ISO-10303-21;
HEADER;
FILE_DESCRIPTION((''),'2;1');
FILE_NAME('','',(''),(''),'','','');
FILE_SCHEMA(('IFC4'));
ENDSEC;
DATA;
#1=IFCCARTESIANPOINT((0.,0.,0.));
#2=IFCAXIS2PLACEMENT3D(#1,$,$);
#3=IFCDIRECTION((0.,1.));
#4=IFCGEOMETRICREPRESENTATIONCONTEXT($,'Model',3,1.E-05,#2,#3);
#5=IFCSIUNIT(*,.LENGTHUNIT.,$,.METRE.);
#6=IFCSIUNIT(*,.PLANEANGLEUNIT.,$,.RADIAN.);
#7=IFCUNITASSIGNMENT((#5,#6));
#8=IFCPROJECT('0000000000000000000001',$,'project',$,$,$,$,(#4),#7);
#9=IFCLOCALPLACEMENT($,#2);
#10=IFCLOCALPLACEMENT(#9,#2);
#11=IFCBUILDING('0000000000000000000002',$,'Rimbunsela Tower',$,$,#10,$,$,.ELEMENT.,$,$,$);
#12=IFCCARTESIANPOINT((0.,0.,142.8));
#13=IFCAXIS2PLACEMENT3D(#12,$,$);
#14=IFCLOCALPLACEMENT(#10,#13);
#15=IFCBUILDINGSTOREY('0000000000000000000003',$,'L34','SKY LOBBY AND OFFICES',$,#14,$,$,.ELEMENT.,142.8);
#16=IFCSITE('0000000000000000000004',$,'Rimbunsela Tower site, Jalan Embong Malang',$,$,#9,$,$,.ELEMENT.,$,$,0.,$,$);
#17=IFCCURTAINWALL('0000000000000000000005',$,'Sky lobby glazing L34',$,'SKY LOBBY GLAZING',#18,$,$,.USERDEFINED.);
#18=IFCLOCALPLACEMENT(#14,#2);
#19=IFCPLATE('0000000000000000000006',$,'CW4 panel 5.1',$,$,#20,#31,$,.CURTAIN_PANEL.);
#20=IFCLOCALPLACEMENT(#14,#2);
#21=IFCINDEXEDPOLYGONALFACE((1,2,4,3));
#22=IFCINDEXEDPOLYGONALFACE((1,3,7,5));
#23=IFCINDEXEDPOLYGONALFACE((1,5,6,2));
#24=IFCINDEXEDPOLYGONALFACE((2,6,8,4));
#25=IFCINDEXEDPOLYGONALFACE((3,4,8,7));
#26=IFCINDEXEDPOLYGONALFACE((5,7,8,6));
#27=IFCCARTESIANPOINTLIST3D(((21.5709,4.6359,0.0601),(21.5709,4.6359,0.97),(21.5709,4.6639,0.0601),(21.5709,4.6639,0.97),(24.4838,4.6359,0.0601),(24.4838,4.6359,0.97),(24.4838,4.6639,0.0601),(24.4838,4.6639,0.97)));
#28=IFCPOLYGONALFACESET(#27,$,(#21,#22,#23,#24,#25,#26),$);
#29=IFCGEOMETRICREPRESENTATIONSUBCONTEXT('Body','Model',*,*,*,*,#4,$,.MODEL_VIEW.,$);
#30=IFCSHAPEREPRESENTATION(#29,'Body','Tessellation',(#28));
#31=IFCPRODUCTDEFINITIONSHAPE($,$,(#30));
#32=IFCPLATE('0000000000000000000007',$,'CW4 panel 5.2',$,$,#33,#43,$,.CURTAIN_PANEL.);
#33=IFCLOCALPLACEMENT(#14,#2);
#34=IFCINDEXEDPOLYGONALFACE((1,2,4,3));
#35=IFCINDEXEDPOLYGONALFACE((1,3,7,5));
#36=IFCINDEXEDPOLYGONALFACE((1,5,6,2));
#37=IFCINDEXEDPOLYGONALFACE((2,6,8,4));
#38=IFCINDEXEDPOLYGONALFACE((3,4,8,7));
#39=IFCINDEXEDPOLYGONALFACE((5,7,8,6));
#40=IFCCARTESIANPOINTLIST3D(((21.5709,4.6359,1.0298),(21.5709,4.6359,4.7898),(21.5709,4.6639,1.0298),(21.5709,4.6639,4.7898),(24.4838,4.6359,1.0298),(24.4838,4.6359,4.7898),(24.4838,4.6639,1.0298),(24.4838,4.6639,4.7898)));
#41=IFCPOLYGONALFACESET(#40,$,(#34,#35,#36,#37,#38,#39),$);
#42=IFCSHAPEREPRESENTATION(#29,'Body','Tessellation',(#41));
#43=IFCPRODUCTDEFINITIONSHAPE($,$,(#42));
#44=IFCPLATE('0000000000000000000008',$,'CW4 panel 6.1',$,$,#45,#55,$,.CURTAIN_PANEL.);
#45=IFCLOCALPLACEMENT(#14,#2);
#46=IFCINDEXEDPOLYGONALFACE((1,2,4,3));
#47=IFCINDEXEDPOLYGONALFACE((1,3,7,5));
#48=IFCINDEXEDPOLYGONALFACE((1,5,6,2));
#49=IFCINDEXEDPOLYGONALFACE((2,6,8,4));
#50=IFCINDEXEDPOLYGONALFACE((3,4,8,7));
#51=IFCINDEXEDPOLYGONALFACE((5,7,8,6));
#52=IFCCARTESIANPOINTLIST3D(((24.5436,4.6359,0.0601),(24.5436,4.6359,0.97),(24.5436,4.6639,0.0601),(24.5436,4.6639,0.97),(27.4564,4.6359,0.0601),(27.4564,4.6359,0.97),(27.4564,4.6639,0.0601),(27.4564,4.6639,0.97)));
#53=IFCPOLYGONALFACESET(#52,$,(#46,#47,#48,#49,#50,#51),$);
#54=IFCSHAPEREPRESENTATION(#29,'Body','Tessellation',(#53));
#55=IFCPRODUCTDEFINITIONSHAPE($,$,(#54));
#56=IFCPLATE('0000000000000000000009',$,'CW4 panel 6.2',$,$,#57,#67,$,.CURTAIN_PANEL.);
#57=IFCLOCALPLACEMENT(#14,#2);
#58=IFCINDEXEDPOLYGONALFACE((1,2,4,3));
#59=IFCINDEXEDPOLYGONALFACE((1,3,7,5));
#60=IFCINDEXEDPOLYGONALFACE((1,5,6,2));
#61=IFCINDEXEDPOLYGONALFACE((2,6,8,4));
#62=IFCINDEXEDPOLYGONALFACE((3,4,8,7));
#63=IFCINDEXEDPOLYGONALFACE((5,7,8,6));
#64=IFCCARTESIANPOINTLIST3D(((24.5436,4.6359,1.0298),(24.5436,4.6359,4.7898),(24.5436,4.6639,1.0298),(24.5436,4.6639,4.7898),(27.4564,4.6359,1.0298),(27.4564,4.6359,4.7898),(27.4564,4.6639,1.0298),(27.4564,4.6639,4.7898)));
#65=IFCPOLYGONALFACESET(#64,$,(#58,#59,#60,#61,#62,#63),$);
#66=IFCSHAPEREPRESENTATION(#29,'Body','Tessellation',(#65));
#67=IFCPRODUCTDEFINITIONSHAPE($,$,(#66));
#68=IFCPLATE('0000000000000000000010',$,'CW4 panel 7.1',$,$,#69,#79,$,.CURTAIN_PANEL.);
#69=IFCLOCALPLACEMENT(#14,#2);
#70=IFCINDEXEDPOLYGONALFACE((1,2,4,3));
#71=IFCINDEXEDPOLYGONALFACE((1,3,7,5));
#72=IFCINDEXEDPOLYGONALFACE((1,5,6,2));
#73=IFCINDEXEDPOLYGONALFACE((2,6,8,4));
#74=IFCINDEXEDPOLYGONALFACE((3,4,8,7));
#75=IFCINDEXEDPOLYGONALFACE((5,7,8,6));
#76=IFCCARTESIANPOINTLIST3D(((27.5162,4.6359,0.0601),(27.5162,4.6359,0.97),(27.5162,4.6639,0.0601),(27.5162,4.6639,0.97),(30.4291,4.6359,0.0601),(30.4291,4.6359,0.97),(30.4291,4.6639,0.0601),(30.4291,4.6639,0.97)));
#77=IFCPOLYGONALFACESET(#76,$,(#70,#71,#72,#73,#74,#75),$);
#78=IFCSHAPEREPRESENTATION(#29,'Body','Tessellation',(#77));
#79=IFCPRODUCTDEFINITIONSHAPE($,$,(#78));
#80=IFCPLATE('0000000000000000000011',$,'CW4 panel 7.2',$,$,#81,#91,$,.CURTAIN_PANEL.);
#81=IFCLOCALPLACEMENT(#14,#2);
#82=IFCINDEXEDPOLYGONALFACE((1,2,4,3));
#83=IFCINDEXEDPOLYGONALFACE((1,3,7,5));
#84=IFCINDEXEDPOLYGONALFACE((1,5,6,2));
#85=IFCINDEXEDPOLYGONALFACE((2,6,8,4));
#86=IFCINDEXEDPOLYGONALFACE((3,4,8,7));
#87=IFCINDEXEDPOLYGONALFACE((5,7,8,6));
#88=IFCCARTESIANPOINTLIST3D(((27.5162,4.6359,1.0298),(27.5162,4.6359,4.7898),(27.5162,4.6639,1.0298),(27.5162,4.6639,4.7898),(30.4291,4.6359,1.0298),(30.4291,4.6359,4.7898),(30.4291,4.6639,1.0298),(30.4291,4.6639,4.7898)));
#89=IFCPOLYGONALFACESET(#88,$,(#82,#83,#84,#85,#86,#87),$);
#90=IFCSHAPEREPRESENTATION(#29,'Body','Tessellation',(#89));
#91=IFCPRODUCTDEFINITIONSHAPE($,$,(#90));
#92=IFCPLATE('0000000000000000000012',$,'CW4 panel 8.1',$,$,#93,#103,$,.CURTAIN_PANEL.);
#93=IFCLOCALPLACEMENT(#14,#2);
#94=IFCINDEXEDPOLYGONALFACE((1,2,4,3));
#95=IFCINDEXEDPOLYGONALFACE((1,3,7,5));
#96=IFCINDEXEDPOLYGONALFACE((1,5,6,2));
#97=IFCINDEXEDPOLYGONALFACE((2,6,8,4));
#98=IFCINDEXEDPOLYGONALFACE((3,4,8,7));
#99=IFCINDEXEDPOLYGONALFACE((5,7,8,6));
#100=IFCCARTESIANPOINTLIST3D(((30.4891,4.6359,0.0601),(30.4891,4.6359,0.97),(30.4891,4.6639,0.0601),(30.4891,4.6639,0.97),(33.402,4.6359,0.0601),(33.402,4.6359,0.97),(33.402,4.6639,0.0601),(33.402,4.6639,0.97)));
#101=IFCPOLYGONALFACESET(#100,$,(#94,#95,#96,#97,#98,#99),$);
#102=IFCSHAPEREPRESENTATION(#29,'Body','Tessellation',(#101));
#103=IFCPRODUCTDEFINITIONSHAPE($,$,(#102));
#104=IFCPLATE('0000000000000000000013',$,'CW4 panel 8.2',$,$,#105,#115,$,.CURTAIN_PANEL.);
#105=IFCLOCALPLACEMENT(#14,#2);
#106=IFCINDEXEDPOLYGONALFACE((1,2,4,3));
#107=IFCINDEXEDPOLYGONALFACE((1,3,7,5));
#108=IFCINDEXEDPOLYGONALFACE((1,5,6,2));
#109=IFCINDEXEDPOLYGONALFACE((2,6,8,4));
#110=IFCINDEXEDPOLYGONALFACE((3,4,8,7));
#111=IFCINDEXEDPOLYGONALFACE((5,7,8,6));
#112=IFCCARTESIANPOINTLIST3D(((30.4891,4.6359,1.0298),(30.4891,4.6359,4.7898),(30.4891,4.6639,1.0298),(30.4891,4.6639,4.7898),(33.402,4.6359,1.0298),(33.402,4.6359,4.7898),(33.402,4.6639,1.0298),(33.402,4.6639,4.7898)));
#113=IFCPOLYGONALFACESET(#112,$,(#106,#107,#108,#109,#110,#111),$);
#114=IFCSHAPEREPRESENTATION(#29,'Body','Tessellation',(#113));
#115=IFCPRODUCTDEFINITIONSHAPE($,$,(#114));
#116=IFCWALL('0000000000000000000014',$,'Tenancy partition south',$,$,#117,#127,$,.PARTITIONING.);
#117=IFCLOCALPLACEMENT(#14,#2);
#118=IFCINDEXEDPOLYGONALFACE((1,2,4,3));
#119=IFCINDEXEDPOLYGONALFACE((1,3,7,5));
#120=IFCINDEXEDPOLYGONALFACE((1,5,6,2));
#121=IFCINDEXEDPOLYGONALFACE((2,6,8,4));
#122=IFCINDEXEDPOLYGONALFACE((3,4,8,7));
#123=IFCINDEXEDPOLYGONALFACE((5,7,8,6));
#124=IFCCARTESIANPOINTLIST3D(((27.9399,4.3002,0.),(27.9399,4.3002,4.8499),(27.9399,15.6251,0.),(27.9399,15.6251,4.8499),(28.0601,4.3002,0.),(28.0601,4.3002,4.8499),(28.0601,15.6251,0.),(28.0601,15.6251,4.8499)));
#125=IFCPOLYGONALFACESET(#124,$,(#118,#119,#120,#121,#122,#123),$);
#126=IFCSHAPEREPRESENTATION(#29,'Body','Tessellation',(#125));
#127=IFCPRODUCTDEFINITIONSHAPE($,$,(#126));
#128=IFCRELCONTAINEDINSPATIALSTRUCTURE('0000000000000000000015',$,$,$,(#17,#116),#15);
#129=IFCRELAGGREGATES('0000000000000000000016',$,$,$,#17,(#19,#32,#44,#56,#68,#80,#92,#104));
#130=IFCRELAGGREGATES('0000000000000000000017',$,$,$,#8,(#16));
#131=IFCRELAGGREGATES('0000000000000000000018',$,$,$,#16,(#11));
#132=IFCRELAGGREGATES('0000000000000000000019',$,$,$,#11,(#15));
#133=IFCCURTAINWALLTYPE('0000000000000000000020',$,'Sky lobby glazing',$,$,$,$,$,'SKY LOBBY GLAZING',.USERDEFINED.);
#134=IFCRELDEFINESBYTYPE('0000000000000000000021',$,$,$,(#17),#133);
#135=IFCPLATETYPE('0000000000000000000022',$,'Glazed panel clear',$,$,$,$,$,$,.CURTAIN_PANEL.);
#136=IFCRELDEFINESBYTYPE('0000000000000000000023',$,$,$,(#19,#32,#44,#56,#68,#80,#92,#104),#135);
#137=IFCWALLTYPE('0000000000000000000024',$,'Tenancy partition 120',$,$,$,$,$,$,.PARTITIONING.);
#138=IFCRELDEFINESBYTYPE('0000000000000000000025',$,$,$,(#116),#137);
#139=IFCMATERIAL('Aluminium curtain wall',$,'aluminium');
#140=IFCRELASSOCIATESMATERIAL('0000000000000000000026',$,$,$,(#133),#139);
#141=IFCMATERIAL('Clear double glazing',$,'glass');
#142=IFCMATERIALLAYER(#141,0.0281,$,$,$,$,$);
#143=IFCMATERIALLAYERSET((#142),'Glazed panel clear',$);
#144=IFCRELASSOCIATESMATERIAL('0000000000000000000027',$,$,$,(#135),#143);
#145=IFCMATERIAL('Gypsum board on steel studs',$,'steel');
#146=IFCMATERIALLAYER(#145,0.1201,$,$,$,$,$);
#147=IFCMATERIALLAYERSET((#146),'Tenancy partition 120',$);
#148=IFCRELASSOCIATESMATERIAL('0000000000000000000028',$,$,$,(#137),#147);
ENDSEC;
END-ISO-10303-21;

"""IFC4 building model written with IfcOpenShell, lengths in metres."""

from ifc_helpers import new_model, si_unit, direction, frame, frame_2d, origin, origin_2d, place, context, subcontext, project, spatial, rectangle, extrude, material, layer, layer_set, type_object, element, aggregate, save


model = new_model("IFC4")

# Units and contexts
model_context = context("Model", 3, precision=1e-05, world=origin(), true_north=direction((0.0, 1.0)))
body_context = subcontext(model_context, "Body", "Model", "MODEL_VIEW")
ifc_project = project(units=[si_unit("LENGTHUNIT", "METRE"), si_unit("PLANEANGLEUNIT", "RADIAN")], contexts=[model_context])

# Site, building, storey
site_placement = place(None, origin())
site = spatial("IfcSite", under=ifc_project, at=site_placement, Name="Rimbunsela Tower site, Jalan Embong Malang", CompositionType="ELEMENT", RefElevation=0.0)
building_placement = place(site_placement, origin())
building = spatial("IfcBuilding", under=site, at=building_placement, Name="Rimbunsela Tower", CompositionType="ELEMENT")
storey_placement = place(building_placement, frame((0.0, 0.0, 142.8)))
storey = spatial("IfcBuildingStorey", under=building, at=storey_placement, Name="L34", Description="SKY LOBBY AND OFFICES", CompositionType="ELEMENT", Elevation=142.8)

# Curtain wall, plates
ifc_material_1 = material(Name="Aluminium curtain wall", Category="aluminium")
curtain_wall_type = type_object("IfcCurtainWallType", Name="Sky lobby glazing", ElementType="SKY LOBBY GLAZING", PredefinedType="USERDEFINED", material=ifc_material_1)
curtain_wall_placement = place(storey_placement, origin())
curtain_wall = element("IfcCurtainWall", 1, at=curtain_wall_placement, inside=storey, type_object=curtain_wall_type, Name="Sky lobby glazing L34", ObjectType="SKY LOBBY GLAZING", PredefinedType="USERDEFINED")
ifc_material_2 = material(Name="Clear double glazing", Category="glass")
ifc_layer_1 = layer(ifc_material_2, 0.0281)
ifc_layer_set_1 = layer_set([ifc_layer_1], Name="Glazed panel clear")
plate_type = type_object("IfcPlateType", Name="Glazed panel clear", PredefinedType="CURTAIN_PANEL", material=ifc_layer_set_1)
plate_1_placement = place(storey_placement, frame((23.0273, 4.6499, 0.0601), z_axis=(0.0, 0.0, 1.0), x_axis=(1.0, 0.0, 0.0)))
plate_1 = element("IfcPlate", 2, at=plate_1_placement, type_object=plate_type, Name="CW4 panel 5.1", PredefinedType="CURTAIN_PANEL", context=body_context, shape_type="SweptSolid", body=[
    extrude(rectangle(XDim=2.9128, YDim=0.0281, at=origin_2d()), origin(), (0.0, 0.0, 1.0), 0.9099),
])
plate_2_placement = place(storey_placement, frame((23.0273, 4.6499, 1.0298), z_axis=(0.0, 0.0, 1.0), x_axis=(1.0, 0.0, 0.0)))
plate_2 = element("IfcPlate", 3, at=plate_2_placement, type_object=plate_type, Name="CW4 panel 5.2", PredefinedType="CURTAIN_PANEL", context=body_context, shape_type="SweptSolid", body=[
    extrude(rectangle(XDim=2.9128, YDim=0.0281, at=origin_2d()), origin(), (0.0, 0.0, 1.0), 3.76),
])
plate_3_placement = place(storey_placement, frame((26.0, 4.6499, 0.0601), z_axis=(0.0, 0.0, 1.0), x_axis=(1.0, 0.0, 0.0)))
plate_3 = element("IfcPlate", 4, at=plate_3_placement, type_object=plate_type, Name="CW4 panel 6.1", PredefinedType="CURTAIN_PANEL", context=body_context, shape_type="SweptSolid", body=[
    extrude(rectangle(XDim=2.9128, YDim=0.0281, at=origin_2d()), origin(), (0.0, 0.0, 1.0), 0.9099),
])
plate_4_placement = place(storey_placement, frame((26.0, 4.6499, 1.0298), z_axis=(0.0, 0.0, 1.0), x_axis=(1.0, 0.0, 0.0)))
plate_4 = element("IfcPlate", 5, at=plate_4_placement, type_object=plate_type, Name="CW4 panel 6.2", PredefinedType="CURTAIN_PANEL", context=body_context, shape_type="SweptSolid", body=[
    extrude(rectangle(XDim=2.9128, YDim=0.0281, at=origin_2d()), origin(), (0.0, 0.0, 1.0), 3.76),
])
plate_5_placement = place(storey_placement, frame((28.9727, 4.6499, 0.0601), z_axis=(0.0, 0.0, 1.0), x_axis=(1.0, 0.0, 0.0)))
plate_5 = element("IfcPlate", 6, at=plate_5_placement, type_object=plate_type, Name="CW4 panel 7.1", PredefinedType="CURTAIN_PANEL", context=body_context, shape_type="SweptSolid", body=[
    extrude(rectangle(XDim=2.9128, YDim=0.0281, at=origin_2d()), origin(), (0.0, 0.0, 1.0), 0.9099),
])
plate_6_placement = place(storey_placement, frame((28.9727, 4.6499, 1.0298), z_axis=(0.0, 0.0, 1.0), x_axis=(1.0, 0.0, 0.0)))
plate_6 = element("IfcPlate", 7, at=plate_6_placement, type_object=plate_type, Name="CW4 panel 7.2", PredefinedType="CURTAIN_PANEL", context=body_context, shape_type="SweptSolid", body=[
    extrude(rectangle(XDim=2.9128, YDim=0.0281, at=origin_2d()), origin(), (0.0, 0.0, 1.0), 3.76),
])
plate_7_placement = place(storey_placement, frame((31.9456, 4.6499, 0.0601), z_axis=(0.0, 0.0, 1.0), x_axis=(1.0, 0.0, 0.0)))
plate_7 = element("IfcPlate", 8, at=plate_7_placement, type_object=plate_type, Name="CW4 panel 8.1", PredefinedType="CURTAIN_PANEL", context=body_context, shape_type="SweptSolid", body=[
    extrude(rectangle(XDim=2.9128, YDim=0.0281, at=origin_2d()), origin(), (0.0, 0.0, 1.0), 0.9099),
])
plate_8_placement = place(storey_placement, frame((31.9456, 4.6499, 1.0298), z_axis=(0.0, 0.0, 1.0), x_axis=(1.0, 0.0, 0.0)))
plate_8 = element("IfcPlate", 9, at=plate_8_placement, type_object=plate_type, Name="CW4 panel 8.2", PredefinedType="CURTAIN_PANEL", context=body_context, shape_type="SweptSolid", body=[
    extrude(rectangle(XDim=2.9128, YDim=0.0281, at=origin_2d()), origin(), (0.0, 0.0, 1.0), 3.76),
])
aggregate(curtain_wall, [plate_1, plate_2, plate_3, plate_4, plate_5, plate_6, plate_7, plate_8])

# Wall
ifc_material_3 = material(Name="Gypsum board on steel studs", Category="steel")
ifc_layer_2 = layer(ifc_material_3, 0.1201)
ifc_layer_set_2 = layer_set([ifc_layer_2], Name="Tenancy partition 120")
wall_type = type_object("IfcWallType", Name="Tenancy partition 120", PredefinedType="PARTITIONING", material=ifc_layer_set_2)
wall_placement = place(storey_placement, frame((28.0, 4.3, 0.0), z_axis=(0.0, 0.0, 1.0), x_axis=(0.0, 1.0, 0.0)))
element("IfcWall", 10, at=wall_placement, inside=storey, type_object=wall_type, Name="Tenancy partition south", PredefinedType="PARTITIONING", context=body_context, shape_type="SweptSolid", body=[
    extrude(rectangle(XDim=11.325, YDim=0.1201, at=frame_2d((5.6626, 0.0))), origin(), (0.0, 0.0, 1.0), 4.8499),
])

save(model, "model.ifc")
